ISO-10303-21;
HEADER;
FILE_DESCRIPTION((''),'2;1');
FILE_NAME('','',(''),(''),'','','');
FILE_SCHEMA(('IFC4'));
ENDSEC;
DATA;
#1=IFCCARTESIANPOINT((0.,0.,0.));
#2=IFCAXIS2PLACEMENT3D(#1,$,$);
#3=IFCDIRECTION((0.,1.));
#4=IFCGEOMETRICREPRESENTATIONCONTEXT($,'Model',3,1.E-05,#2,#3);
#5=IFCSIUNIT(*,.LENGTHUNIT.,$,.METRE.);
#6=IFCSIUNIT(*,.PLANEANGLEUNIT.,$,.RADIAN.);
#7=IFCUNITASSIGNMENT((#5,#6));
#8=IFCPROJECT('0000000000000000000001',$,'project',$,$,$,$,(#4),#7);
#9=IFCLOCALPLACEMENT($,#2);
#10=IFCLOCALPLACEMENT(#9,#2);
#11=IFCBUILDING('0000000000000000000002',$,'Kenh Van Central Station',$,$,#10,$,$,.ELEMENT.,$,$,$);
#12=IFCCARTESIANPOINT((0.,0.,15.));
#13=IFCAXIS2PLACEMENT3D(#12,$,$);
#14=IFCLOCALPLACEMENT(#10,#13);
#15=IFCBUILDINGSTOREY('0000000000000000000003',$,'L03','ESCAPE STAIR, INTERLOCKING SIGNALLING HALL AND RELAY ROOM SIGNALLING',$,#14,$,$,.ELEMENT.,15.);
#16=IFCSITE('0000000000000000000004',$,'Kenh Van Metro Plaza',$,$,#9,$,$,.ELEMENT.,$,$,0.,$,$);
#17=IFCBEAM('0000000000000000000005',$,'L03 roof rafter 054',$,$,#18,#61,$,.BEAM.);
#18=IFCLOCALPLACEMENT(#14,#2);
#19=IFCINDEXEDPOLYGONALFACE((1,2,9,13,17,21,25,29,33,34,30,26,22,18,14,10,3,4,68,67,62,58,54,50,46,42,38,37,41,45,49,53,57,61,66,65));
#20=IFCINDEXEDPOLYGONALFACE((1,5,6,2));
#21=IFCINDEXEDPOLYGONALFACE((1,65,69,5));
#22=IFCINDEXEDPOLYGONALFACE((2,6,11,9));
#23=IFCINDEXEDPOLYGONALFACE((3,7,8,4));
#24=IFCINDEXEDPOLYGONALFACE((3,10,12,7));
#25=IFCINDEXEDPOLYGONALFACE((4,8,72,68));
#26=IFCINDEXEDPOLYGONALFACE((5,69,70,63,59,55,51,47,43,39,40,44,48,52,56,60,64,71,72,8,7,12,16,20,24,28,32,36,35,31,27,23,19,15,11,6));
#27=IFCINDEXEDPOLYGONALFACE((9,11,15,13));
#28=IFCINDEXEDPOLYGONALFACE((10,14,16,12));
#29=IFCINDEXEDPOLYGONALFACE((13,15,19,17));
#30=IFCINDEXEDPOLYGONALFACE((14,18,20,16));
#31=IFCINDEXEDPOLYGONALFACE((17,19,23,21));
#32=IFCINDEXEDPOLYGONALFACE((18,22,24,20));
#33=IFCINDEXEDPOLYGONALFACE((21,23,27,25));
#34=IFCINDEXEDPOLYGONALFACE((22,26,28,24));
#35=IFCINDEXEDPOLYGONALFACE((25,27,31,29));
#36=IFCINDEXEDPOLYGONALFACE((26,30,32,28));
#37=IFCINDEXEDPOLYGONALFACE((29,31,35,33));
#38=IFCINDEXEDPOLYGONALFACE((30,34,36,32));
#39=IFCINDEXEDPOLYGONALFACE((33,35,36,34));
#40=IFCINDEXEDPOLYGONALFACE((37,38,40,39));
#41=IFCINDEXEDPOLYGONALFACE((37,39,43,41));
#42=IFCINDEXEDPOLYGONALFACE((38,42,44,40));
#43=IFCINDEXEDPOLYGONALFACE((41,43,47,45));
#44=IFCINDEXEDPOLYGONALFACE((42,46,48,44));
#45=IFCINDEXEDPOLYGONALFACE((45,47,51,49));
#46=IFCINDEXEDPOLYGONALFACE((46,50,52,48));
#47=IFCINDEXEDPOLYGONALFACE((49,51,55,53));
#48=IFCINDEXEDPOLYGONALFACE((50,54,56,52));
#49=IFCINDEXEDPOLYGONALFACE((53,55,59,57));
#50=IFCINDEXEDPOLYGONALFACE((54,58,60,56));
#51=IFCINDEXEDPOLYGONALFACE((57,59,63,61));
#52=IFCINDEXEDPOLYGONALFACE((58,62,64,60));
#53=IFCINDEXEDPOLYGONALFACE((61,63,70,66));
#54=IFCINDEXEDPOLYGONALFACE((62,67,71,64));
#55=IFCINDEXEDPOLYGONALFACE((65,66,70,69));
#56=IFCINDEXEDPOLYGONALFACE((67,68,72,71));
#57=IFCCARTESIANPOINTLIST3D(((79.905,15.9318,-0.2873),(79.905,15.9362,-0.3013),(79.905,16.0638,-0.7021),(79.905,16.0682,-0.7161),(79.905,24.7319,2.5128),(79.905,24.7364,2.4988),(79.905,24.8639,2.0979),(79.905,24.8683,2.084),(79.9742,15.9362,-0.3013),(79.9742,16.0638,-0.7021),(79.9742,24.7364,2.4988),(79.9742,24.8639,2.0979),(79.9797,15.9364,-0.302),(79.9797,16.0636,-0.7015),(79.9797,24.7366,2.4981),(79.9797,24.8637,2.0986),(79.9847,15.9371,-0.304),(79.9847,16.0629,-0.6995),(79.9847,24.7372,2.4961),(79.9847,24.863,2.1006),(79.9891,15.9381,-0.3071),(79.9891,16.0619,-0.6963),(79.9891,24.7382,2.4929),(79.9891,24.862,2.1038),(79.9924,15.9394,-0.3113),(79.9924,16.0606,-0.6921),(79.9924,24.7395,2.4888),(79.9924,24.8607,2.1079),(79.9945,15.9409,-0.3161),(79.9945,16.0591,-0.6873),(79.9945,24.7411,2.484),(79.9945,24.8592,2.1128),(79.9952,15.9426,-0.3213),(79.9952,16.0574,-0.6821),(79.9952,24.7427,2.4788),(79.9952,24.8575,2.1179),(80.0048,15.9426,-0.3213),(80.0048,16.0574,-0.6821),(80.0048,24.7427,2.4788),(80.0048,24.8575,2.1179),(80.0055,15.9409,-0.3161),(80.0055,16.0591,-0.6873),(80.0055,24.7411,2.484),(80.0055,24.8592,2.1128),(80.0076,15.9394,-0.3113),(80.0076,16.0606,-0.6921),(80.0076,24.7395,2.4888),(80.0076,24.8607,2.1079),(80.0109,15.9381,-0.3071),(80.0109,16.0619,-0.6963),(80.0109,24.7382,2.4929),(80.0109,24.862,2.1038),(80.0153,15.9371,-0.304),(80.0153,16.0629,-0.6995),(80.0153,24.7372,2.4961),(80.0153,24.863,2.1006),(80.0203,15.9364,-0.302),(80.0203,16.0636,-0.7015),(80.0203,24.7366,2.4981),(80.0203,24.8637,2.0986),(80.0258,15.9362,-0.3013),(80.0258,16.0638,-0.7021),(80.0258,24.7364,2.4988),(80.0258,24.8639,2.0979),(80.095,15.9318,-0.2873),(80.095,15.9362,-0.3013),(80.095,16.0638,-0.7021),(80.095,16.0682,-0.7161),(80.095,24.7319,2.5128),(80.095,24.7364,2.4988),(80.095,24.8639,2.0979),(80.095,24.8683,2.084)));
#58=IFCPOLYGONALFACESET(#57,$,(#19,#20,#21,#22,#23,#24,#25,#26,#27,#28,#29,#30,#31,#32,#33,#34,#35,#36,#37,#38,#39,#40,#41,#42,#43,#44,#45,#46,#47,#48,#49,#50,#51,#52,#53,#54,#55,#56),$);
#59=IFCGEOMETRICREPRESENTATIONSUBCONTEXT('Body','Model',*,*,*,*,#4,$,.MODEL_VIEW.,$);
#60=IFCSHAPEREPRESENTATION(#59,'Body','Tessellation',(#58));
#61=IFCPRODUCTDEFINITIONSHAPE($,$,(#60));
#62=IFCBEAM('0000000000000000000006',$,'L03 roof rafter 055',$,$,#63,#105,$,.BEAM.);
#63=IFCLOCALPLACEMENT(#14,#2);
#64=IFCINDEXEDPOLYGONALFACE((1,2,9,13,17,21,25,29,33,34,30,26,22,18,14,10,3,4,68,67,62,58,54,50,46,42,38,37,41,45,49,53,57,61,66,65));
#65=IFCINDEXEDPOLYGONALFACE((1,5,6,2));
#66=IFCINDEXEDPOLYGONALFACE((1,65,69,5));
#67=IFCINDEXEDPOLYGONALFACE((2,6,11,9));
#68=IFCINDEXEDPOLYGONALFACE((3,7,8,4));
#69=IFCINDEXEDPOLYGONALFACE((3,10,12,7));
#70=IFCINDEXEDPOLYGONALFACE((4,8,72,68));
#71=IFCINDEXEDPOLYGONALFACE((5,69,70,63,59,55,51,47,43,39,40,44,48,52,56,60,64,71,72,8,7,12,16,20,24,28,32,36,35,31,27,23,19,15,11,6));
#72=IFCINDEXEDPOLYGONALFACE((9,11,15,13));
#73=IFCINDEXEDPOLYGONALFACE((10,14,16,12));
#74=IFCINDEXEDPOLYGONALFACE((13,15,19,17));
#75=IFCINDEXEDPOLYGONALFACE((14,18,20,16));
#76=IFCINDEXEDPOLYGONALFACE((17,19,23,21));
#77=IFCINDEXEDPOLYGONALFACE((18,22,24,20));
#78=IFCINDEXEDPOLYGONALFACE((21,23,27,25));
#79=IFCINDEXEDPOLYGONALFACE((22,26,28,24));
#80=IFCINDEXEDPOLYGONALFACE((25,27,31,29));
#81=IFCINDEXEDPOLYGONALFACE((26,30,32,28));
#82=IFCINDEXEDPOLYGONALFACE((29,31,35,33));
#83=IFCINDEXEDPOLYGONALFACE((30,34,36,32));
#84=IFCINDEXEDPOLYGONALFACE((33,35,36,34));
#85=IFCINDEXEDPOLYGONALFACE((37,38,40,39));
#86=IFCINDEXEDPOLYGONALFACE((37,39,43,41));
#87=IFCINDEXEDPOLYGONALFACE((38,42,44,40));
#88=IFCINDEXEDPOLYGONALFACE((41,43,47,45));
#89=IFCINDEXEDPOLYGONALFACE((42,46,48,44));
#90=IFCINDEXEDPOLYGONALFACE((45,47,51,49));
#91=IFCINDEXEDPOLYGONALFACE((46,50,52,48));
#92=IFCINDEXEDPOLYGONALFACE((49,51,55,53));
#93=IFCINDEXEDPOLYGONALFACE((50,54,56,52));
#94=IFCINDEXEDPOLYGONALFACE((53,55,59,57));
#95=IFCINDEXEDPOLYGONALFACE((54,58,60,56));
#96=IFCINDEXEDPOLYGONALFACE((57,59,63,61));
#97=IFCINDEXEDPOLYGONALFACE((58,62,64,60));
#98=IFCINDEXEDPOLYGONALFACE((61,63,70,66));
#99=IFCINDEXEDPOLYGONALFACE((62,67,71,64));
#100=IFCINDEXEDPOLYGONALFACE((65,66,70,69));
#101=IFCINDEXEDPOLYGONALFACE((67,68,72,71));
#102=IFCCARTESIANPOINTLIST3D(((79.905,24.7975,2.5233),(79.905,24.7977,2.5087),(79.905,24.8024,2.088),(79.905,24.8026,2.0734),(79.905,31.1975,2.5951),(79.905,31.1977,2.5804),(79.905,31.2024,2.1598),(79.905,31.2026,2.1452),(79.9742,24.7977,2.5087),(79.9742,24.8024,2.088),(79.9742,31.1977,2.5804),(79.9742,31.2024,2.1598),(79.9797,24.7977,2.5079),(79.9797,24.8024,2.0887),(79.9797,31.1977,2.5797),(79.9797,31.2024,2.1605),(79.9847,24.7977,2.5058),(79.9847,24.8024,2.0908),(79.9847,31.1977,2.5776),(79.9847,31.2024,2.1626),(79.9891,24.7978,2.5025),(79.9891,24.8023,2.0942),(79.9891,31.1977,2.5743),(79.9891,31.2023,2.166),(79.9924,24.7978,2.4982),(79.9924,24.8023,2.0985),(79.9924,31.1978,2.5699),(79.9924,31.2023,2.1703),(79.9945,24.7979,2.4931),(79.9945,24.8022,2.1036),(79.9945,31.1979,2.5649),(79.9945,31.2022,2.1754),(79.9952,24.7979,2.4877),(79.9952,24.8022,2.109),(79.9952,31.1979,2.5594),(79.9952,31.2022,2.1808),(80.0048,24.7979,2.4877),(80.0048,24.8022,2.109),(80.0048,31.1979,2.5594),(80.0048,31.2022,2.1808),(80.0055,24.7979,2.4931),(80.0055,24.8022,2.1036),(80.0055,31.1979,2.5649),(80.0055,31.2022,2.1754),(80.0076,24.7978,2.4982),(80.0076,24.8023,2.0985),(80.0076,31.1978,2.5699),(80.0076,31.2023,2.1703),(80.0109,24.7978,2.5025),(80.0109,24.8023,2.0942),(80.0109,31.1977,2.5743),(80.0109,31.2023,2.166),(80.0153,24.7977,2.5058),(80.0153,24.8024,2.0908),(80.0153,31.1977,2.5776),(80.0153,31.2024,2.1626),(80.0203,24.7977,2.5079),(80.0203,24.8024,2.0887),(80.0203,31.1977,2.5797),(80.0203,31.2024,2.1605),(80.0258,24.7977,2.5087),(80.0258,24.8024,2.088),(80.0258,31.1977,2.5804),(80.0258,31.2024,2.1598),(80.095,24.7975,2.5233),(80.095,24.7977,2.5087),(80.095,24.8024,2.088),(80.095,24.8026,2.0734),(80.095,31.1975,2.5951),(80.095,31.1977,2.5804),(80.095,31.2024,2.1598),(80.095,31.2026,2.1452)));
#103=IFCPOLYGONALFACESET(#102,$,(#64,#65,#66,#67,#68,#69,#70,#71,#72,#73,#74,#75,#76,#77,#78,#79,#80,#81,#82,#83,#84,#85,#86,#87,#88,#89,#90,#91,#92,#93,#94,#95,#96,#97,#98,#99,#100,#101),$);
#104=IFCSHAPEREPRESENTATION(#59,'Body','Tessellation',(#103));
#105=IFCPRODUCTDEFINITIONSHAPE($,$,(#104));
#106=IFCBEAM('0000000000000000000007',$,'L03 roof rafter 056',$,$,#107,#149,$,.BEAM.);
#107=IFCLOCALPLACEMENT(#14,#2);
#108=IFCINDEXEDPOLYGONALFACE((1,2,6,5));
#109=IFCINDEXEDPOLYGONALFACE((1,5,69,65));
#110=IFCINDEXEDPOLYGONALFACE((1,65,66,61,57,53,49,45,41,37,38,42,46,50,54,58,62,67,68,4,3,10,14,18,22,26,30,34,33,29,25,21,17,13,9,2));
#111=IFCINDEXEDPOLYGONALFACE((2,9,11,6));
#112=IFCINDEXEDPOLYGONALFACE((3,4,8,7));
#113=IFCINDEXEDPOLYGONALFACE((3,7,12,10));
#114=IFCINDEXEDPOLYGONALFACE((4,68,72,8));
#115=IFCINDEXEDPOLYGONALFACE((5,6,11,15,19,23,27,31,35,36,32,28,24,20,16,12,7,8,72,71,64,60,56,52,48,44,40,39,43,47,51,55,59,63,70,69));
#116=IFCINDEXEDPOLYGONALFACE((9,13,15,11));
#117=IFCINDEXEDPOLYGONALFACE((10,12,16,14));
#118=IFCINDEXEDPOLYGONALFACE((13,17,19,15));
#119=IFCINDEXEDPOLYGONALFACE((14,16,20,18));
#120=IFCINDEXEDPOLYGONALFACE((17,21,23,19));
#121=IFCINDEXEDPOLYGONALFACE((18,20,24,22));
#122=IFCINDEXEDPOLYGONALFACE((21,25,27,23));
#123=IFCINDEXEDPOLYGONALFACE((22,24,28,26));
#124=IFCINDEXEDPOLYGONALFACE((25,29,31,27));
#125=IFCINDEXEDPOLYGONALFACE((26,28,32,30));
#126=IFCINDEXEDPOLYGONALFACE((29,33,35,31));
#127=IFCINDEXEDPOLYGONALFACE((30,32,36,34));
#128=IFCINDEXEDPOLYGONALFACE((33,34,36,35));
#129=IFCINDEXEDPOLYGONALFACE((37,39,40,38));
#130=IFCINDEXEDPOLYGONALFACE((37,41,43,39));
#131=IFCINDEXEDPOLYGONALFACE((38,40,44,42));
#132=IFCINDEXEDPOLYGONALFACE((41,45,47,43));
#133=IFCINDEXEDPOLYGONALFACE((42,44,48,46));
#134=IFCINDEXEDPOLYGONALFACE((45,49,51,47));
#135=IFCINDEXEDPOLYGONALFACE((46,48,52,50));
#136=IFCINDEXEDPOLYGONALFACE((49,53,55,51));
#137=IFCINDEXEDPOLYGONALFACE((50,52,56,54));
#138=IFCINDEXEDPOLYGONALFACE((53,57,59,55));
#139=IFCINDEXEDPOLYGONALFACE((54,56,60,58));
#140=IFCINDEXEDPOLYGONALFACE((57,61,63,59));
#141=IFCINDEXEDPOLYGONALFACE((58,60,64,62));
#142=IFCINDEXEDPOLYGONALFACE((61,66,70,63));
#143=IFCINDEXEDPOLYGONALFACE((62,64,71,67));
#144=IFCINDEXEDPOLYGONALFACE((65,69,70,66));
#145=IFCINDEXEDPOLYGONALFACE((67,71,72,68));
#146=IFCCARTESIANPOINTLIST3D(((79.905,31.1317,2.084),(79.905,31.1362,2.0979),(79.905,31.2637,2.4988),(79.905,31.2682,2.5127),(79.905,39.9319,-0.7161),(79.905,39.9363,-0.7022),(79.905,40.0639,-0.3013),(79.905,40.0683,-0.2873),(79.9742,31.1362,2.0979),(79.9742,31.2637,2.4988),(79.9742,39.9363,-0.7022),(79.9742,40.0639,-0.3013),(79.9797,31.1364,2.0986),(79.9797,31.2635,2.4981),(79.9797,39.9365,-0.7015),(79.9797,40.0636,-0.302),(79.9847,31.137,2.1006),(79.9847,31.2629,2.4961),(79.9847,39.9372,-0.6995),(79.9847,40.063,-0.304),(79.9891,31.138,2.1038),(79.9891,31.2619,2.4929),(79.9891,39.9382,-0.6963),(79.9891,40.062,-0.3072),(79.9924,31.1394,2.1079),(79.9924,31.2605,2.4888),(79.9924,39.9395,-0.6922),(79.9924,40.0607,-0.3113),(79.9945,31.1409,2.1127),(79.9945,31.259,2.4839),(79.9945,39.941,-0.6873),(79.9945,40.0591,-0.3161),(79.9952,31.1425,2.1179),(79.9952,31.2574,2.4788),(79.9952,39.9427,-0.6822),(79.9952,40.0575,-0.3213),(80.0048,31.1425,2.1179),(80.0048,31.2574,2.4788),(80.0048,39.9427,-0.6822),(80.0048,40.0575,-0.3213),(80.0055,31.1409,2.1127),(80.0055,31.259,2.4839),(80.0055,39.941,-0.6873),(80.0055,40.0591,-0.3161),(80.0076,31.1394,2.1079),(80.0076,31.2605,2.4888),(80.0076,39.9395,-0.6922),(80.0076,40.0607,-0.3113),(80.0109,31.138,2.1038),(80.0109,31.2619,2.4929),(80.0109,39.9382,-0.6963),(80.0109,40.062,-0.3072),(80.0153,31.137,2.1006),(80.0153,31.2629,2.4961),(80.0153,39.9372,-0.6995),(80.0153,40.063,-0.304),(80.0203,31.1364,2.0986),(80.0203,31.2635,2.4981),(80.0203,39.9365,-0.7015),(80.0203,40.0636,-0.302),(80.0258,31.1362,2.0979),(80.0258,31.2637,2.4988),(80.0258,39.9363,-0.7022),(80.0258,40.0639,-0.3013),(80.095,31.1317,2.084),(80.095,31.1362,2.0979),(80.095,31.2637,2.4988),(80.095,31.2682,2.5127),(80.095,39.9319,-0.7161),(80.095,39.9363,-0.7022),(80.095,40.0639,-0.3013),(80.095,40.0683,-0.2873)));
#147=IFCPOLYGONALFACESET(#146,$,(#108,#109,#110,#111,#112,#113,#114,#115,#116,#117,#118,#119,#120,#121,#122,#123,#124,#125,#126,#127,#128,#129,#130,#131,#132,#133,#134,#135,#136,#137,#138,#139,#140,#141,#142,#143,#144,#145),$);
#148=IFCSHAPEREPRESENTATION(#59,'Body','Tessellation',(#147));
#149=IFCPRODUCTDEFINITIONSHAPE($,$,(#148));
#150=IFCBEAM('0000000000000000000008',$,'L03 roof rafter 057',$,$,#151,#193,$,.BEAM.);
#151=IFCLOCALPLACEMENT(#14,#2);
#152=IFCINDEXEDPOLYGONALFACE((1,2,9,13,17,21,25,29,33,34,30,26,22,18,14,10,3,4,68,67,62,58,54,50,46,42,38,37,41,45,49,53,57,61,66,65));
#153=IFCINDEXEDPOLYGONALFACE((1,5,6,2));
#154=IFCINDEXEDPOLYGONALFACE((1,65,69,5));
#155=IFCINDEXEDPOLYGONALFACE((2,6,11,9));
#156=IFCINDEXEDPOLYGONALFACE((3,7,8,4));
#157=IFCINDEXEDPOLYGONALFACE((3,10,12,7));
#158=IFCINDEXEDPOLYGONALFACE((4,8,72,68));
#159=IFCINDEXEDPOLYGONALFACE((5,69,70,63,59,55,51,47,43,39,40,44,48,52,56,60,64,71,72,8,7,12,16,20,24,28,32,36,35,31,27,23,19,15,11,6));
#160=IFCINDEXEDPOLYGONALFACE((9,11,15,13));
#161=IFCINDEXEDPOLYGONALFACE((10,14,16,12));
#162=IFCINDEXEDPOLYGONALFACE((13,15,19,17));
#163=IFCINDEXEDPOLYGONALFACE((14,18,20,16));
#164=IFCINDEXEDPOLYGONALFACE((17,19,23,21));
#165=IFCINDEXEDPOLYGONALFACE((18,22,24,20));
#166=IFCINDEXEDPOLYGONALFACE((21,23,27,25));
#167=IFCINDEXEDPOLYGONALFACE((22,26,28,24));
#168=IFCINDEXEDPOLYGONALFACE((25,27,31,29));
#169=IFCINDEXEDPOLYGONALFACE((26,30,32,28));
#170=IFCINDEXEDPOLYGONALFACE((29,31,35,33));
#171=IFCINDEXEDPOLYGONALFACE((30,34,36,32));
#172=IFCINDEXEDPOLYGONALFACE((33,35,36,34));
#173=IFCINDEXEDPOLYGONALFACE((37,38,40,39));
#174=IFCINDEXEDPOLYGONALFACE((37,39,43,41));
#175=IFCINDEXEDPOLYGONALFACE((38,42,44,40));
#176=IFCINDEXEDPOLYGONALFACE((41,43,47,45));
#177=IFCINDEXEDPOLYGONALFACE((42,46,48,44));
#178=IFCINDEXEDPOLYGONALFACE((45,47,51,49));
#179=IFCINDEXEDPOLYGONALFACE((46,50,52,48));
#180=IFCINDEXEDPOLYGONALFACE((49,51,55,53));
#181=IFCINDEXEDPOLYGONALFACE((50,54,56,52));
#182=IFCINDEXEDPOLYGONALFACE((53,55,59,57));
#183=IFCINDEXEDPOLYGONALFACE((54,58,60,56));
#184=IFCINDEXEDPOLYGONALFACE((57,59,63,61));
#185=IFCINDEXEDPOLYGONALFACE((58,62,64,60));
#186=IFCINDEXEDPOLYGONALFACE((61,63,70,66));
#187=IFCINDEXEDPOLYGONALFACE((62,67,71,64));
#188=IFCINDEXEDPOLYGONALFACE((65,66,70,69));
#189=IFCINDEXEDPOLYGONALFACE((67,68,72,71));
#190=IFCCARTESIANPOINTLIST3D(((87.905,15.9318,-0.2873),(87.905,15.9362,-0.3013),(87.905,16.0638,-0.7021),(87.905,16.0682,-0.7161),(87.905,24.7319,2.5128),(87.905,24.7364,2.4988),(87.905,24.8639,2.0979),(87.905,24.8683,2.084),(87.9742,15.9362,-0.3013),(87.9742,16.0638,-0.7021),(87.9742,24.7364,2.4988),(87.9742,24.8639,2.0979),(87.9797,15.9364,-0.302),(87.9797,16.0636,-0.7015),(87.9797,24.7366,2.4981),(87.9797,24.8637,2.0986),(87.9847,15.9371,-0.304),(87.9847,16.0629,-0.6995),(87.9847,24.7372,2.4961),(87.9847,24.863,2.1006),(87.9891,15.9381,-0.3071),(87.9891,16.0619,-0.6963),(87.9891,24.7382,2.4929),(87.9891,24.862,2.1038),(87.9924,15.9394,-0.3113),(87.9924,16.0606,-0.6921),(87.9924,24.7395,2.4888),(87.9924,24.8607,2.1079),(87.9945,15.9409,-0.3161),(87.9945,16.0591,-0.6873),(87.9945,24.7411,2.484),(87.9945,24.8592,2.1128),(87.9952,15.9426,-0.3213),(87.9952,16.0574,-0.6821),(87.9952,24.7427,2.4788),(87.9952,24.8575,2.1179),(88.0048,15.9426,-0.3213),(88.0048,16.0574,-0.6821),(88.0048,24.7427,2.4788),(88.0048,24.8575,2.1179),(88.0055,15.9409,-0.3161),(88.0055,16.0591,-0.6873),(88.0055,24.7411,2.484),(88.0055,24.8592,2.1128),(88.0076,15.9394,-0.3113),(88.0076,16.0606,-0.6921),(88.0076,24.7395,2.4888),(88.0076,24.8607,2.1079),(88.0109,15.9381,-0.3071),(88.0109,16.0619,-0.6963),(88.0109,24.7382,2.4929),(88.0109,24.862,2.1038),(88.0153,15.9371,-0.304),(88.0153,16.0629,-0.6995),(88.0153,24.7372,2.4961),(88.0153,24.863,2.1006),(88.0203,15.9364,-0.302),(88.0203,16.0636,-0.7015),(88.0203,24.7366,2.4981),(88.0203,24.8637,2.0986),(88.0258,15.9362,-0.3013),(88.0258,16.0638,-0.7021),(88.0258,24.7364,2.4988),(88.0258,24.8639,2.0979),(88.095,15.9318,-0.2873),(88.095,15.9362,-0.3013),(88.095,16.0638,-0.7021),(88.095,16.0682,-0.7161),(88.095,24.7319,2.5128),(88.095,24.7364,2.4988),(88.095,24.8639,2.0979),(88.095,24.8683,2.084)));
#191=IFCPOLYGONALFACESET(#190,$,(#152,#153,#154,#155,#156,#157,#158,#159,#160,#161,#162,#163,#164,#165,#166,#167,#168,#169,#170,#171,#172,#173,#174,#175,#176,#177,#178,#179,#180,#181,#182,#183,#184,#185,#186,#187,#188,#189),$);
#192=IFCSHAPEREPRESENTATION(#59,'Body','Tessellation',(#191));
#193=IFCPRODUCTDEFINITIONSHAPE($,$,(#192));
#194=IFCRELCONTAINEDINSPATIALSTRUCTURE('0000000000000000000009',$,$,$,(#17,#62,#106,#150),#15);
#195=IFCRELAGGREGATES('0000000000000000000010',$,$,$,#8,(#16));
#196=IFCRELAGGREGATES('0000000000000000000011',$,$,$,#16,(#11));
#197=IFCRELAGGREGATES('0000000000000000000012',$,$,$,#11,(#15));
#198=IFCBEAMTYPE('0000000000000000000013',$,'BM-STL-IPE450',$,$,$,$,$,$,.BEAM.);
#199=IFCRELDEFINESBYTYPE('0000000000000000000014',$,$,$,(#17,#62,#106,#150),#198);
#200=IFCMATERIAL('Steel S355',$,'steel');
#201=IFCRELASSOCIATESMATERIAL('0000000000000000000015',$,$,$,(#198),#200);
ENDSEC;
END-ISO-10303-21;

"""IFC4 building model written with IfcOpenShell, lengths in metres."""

from ifc_helpers import new_model, si_unit, direction, frame, origin, origin_2d, place, context, subcontext, project, spatial, i_section, extrude, material, material_profile, profile_set, type_object, element, save


model = new_model("IFC4")

# Units and contexts
model_context = context("Model", 3, precision=1e-05, world=origin(), true_north=direction((0.0, 1.0)))
body_context = subcontext(model_context, "Body", "Model", "MODEL_VIEW")
ifc_project = project(units=[si_unit("LENGTHUNIT", "METRE"), si_unit("PLANEANGLEUNIT", "RADIAN")], contexts=[model_context])

# Site, building, storey
site_placement = place(None, origin())
site = spatial("IfcSite", under=ifc_project, at=site_placement, Name="Kenh Van Metro Plaza", CompositionType="ELEMENT", RefElevation=0.0)
building_placement = place(site_placement, origin())
building = spatial("IfcBuilding", under=site, at=building_placement, Name="Kenh Van Central Station", CompositionType="ELEMENT")
storey_placement = place(building_placement, frame((0.0, 0.0, 15.0)))
storey = spatial("IfcBuildingStorey", under=building, at=storey_placement, Name="L03", Description="ESCAPE STAIR, INTERLOCKING SIGNALLING HALL AND RELAY ROOM SIGNALLING", CompositionType="ELEMENT", Elevation=15.0)

# Beams
ifc_material_1 = material(Name="Steel S355", Category="steel")
ifc_material_profile_1 = material_profile(ifc_material_1, i_section(OverallWidth=0.1899, OverallDepth=0.45, WebThickness=0.0095, FlangeThickness=0.0146, FilletRadius=0.021, at=origin_2d()), Name="IPE 450")
ifc_profile_set_1 = profile_set([ifc_material_profile_1], Name="Steel S355")
beam_type = type_object("IfcBeamType", Name="BM-STL-IPE450", PredefinedType="BEAM", material=ifc_profile_set_1)
for number, where, z_axis, x_axis, name in (
    (1, (80.0, 16.0, -0.5017), (0.0, 0.952925, 0.303207), (-1.0, 0.0, 0.0), "L03 roof rafter 054"),
):
    element("IfcBeam", number, at=place(storey_placement, frame(where, z_axis=z_axis, x_axis=x_axis)), inside=storey, type_object=beam_type, Name=name, PredefinedType="BEAM", context=body_context, shape_type="SweptSolid", body=[
        extrude(i_section(OverallWidth=0.1899, OverallDepth=0.45, WebThickness=0.0095, FlangeThickness=0.0146, FilletRadius=0.021, at=origin_2d()), origin(), (0.0, 0.0, 1.0), 9.2349),
    ])
beam_1_placement = place(storey_placement, frame((80.0, 24.8, 2.2983), z_axis=(0.0, 0.999937, 0.011215), x_axis=(-1.0, 0.0, 0.0)))
element("IfcBeam", 2, at=beam_1_placement, inside=storey, type_object=beam_type, Name="L03 roof rafter 055", PredefinedType="BEAM", context=body_context, shape_type="SweptSolid", body=[
    extrude(i_section(OverallWidth=0.1899, OverallDepth=0.45, WebThickness=0.0095, FlangeThickness=0.0146, FilletRadius=0.021, at=origin_2d()), origin(), (0.0, 0.0, 1.0), 6.4004),
])
for number, where, z_axis, x_axis, name in (
    (3, (80.0, 31.2, 2.2983), (0.0, 0.952925, -0.303207), (-1.0, 0.0, 0.0), "L03 roof rafter 056"),
    (4, (88.0, 16.0, -0.5017), (0.0, 0.952925, 0.303207), (-1.0, 0.0, 0.0), "L03 roof rafter 057"),
):
    element("IfcBeam", number, at=place(storey_placement, frame(where, z_axis=z_axis, x_axis=x_axis)), inside=storey, type_object=beam_type, Name=name, PredefinedType="BEAM", context=body_context, shape_type="SweptSolid", body=[
        extrude(i_section(OverallWidth=0.1899, OverallDepth=0.45, WebThickness=0.0095, FlangeThickness=0.0146, FilletRadius=0.021, at=origin_2d()), origin(), (0.0, 0.0, 1.0), 9.2349),
    ])

save(model, "model.ifc")
